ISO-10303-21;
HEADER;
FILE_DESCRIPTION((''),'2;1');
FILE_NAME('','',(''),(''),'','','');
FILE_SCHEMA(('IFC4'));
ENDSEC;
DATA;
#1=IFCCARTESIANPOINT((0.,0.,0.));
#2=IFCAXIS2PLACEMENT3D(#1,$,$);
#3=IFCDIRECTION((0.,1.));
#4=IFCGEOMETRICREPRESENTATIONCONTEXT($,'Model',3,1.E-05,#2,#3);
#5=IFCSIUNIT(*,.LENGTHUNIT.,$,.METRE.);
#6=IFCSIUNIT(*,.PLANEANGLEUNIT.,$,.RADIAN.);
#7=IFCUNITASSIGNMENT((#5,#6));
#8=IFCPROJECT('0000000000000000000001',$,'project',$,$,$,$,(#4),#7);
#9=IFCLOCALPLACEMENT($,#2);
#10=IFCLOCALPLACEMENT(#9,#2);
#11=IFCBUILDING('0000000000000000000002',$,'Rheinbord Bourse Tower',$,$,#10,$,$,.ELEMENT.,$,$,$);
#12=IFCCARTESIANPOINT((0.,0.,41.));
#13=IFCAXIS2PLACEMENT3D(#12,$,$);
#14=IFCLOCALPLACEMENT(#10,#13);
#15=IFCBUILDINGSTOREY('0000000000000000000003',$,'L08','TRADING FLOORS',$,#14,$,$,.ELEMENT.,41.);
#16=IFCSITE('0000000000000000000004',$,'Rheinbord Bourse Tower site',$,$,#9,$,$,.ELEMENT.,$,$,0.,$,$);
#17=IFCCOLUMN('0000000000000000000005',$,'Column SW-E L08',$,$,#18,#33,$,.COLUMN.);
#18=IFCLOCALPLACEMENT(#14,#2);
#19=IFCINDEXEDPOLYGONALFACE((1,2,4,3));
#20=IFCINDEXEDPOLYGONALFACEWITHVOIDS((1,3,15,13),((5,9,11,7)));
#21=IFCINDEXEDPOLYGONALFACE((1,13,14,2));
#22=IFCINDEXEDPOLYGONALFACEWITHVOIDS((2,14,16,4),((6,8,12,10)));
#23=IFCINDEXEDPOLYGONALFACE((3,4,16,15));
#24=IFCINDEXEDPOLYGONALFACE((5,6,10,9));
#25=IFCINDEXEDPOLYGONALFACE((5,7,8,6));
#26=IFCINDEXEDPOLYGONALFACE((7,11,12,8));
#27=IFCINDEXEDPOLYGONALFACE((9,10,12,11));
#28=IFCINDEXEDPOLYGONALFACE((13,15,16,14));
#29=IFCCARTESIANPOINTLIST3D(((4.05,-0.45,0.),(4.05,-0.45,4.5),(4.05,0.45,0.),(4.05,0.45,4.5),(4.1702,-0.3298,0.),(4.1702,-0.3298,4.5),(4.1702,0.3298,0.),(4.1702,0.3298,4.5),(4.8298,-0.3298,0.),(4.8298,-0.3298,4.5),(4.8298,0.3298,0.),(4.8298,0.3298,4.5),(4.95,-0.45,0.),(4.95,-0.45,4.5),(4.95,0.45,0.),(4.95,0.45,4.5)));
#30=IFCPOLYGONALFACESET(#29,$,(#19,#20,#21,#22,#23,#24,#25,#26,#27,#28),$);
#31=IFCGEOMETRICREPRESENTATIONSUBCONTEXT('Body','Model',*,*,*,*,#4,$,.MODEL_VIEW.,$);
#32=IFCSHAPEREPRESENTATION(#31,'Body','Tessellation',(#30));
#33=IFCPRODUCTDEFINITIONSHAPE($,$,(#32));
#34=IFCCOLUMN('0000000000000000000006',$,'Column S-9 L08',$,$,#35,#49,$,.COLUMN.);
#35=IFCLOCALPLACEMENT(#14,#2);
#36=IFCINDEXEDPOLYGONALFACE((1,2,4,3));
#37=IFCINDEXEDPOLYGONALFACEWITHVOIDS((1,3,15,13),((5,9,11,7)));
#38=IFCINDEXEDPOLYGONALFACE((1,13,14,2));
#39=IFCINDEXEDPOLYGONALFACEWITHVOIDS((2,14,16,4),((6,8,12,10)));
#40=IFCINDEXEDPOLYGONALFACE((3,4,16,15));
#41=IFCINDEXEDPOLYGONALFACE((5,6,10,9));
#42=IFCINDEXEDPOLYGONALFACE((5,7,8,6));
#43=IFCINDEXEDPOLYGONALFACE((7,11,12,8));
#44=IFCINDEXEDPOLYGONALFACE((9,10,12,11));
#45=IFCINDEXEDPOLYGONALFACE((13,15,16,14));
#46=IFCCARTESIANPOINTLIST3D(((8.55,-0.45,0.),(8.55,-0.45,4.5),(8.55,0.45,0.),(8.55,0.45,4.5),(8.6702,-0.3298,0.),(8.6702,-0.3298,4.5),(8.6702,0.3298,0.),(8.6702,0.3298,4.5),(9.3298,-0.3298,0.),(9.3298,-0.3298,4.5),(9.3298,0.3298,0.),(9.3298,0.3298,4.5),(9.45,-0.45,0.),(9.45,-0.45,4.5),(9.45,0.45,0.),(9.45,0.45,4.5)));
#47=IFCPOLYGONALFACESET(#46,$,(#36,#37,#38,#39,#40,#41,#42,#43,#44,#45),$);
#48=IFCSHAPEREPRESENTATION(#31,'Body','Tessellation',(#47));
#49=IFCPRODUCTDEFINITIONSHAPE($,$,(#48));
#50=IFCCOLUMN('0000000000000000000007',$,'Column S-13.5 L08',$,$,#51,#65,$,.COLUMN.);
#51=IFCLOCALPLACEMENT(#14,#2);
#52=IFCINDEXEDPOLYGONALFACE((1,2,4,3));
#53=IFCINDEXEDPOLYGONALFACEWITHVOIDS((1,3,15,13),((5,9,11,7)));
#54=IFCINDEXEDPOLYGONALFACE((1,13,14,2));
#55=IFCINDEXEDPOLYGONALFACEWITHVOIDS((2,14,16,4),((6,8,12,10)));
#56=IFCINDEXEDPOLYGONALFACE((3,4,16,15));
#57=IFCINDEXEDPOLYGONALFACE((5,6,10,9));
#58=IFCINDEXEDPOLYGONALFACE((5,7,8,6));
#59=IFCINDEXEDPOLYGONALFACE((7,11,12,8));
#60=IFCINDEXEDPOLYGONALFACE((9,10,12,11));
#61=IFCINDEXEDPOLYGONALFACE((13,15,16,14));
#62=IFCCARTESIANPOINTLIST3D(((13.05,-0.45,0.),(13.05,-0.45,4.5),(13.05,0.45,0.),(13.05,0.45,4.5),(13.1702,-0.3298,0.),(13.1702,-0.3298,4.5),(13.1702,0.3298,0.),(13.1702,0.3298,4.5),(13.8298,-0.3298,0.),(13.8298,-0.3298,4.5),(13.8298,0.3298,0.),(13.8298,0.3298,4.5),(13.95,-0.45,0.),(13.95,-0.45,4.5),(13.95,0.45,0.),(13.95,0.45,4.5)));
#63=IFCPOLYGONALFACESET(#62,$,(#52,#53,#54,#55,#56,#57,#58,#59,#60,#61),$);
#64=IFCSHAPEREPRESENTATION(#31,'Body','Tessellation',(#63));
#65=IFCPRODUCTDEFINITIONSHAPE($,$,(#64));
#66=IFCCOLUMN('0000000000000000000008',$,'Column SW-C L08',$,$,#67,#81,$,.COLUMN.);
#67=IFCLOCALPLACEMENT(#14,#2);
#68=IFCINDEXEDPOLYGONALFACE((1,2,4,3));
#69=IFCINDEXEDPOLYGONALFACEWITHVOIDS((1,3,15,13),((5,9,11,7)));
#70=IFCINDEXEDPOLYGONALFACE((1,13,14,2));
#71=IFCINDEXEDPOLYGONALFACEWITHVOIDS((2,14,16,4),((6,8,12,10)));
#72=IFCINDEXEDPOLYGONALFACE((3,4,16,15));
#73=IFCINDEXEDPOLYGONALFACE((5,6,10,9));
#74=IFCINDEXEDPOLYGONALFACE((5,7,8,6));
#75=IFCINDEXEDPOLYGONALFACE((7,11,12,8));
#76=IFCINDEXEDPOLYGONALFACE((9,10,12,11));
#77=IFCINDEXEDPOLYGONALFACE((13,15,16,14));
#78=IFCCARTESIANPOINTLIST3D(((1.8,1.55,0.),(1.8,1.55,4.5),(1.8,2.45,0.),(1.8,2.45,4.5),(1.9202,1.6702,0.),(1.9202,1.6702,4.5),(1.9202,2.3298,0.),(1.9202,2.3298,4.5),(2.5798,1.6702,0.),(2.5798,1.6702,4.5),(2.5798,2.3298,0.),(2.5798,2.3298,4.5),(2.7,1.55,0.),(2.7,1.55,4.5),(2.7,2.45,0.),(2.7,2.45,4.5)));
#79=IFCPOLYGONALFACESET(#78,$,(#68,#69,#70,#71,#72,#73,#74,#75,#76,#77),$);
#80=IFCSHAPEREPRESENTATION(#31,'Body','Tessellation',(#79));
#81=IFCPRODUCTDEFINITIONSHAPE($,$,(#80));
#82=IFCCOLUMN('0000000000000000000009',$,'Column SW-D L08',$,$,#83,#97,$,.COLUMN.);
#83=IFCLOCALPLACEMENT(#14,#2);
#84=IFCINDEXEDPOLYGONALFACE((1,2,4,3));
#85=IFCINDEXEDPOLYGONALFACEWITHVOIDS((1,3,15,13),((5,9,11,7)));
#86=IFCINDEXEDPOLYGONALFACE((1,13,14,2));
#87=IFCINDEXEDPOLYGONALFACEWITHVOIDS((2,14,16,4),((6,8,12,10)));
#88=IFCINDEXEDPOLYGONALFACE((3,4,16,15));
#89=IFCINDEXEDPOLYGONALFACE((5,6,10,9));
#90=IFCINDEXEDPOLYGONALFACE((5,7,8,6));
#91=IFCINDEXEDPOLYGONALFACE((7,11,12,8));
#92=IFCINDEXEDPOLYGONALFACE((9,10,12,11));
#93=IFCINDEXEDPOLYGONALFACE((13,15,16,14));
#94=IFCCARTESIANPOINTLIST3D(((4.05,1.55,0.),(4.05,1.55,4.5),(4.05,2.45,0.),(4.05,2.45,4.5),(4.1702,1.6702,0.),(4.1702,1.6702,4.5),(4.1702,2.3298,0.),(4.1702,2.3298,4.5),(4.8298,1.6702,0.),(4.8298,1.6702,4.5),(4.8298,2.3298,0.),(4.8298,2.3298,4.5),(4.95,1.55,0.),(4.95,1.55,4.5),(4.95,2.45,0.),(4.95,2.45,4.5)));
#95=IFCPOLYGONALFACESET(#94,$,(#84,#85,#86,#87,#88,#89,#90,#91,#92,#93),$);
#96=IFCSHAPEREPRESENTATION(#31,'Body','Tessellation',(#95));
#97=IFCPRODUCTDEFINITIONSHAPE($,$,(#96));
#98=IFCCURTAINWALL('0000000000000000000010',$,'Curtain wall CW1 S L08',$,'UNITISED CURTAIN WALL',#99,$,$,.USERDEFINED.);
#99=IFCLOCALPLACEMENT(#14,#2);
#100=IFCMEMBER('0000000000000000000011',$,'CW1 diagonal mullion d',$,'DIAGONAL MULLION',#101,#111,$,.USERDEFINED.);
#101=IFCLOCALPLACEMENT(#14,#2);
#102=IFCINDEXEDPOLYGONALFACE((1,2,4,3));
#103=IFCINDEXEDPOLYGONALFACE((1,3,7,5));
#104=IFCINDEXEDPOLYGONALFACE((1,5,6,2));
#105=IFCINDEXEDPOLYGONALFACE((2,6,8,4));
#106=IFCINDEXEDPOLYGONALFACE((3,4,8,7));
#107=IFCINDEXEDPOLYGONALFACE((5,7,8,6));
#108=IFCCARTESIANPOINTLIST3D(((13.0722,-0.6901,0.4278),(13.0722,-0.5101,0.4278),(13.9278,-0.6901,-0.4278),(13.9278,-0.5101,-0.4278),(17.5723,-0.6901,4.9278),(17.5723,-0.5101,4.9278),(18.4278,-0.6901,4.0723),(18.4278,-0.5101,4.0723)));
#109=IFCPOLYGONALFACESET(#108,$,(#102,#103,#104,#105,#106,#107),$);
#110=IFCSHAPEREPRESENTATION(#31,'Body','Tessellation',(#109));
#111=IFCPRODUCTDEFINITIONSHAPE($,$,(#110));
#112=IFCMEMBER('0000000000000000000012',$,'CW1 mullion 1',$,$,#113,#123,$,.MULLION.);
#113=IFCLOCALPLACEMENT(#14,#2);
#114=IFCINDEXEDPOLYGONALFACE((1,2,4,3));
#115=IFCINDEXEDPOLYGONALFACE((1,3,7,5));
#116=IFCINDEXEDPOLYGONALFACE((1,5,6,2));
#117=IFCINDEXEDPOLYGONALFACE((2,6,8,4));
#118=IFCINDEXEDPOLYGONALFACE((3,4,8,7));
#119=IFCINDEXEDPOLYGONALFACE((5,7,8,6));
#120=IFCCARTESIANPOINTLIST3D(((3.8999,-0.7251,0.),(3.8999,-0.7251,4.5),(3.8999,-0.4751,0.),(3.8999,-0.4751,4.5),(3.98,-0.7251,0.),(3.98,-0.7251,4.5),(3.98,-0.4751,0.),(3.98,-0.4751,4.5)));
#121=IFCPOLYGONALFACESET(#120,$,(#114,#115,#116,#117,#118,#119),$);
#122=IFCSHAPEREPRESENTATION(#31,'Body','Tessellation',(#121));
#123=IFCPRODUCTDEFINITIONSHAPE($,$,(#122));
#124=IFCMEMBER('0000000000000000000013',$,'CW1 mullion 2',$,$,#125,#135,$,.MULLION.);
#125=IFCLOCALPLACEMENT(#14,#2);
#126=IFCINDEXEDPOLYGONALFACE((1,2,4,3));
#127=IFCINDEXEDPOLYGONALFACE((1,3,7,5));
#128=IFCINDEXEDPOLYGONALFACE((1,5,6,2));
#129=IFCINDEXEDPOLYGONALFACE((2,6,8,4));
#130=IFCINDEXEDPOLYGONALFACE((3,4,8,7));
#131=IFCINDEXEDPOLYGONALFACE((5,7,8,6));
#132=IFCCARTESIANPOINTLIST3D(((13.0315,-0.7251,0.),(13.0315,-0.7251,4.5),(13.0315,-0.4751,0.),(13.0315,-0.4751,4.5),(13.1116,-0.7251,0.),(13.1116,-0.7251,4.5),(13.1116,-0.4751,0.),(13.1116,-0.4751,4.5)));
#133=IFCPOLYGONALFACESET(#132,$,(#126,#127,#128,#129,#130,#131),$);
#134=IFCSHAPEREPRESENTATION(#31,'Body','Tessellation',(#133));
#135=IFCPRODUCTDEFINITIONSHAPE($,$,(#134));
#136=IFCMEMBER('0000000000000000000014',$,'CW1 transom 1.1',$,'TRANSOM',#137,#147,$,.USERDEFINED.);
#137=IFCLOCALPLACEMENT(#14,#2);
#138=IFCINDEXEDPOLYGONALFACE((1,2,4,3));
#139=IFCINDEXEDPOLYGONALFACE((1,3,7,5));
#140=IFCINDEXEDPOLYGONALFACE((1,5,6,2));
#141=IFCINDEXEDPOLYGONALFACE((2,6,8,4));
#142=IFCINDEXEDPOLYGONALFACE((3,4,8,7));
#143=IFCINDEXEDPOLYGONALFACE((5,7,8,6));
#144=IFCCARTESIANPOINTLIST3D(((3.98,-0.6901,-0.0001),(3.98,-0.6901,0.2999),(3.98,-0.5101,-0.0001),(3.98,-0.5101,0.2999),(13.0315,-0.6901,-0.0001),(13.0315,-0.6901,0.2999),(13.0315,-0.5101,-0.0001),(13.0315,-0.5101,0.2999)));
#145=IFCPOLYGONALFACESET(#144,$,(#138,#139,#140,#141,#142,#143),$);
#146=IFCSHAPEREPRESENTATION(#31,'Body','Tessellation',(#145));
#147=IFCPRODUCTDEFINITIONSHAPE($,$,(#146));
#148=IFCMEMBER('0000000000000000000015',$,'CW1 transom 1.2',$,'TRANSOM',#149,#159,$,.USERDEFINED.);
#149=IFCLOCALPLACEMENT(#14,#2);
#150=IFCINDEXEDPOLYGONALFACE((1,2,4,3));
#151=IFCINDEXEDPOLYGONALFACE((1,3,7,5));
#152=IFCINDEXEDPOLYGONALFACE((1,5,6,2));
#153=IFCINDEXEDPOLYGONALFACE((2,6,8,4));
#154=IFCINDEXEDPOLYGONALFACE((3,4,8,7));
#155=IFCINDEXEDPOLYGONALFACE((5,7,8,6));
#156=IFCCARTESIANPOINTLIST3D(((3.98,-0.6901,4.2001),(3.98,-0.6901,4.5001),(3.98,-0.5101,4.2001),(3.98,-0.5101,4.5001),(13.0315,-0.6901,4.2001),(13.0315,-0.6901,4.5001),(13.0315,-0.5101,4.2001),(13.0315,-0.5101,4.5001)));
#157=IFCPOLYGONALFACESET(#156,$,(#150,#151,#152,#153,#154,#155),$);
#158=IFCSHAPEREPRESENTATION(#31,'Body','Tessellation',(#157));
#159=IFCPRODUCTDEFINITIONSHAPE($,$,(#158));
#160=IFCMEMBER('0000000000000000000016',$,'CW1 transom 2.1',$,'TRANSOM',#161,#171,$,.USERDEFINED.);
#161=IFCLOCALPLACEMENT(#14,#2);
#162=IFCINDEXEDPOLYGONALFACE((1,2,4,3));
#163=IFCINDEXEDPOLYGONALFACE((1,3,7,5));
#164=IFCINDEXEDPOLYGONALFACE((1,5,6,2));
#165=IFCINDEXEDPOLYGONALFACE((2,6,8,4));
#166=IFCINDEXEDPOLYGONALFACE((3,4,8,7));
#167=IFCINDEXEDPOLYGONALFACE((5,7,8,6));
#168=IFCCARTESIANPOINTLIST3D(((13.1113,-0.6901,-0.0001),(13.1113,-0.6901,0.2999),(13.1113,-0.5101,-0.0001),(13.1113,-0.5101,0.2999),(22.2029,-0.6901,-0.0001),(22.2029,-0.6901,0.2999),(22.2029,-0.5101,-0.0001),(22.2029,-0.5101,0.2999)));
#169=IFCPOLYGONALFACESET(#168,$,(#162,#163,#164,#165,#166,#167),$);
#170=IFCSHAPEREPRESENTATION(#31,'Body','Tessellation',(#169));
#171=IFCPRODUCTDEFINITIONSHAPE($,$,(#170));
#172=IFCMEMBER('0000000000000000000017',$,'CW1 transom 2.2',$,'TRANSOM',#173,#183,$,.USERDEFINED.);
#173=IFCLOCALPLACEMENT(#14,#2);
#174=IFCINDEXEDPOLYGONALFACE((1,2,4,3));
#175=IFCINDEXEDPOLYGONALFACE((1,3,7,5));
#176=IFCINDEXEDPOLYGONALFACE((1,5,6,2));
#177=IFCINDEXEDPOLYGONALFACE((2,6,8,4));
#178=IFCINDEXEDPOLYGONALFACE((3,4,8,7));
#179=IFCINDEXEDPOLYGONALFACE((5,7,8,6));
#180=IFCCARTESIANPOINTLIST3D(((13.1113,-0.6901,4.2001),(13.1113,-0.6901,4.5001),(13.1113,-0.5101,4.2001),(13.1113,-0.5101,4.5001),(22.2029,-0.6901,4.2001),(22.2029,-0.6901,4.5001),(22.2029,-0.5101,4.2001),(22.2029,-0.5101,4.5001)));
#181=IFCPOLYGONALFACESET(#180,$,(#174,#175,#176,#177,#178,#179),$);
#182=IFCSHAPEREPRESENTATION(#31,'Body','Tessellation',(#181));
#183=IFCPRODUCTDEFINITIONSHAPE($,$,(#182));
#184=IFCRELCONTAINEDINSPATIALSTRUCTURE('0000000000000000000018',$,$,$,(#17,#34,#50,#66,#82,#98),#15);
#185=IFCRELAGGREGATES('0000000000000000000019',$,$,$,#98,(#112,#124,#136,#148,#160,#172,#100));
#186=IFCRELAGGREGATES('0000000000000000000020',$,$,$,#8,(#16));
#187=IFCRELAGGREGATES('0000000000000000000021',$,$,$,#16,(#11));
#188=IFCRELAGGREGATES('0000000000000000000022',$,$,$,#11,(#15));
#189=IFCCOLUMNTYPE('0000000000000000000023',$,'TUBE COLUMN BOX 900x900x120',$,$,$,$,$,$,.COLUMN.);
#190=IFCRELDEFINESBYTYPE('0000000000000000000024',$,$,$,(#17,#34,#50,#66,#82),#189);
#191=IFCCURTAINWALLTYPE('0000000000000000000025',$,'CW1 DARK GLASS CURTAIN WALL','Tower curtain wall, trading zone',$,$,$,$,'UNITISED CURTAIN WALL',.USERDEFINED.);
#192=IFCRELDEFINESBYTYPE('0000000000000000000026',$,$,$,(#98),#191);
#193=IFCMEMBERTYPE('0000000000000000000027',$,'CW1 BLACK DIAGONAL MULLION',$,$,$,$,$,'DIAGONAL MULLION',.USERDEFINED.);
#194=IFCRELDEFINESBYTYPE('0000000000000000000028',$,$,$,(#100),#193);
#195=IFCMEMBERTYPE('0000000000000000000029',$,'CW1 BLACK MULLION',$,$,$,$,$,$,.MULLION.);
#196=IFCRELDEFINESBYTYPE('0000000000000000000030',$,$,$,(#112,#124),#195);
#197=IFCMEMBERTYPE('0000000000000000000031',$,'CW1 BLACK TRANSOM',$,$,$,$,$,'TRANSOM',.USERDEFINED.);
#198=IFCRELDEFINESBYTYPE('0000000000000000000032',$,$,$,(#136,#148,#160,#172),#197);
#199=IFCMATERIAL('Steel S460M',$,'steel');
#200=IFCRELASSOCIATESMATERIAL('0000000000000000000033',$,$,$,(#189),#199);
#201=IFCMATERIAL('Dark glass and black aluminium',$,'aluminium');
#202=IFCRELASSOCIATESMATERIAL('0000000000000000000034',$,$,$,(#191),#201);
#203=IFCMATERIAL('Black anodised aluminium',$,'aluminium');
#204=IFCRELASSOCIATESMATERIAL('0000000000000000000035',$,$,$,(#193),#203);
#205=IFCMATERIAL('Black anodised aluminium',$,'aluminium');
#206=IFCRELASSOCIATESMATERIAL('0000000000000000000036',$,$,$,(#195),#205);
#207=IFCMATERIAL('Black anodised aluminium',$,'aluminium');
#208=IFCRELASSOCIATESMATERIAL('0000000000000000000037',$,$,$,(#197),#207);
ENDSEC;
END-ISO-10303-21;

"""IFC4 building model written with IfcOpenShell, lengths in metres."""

from ifc_helpers import new_model, si_unit, direction, frame, origin, origin_2d, place, context, subcontext, project, spatial, rectangle, hollow_rectangle, extrude, material, material_profile, profile_set, type_object, element, aggregate, save


model = new_model("IFC4")

# Units and contexts
model_context = context("Model", 3, precision=1e-05, world=origin(), true_north=direction((0.0, 1.0)))
body_context = subcontext(model_context, "Body", "Model", "MODEL_VIEW")
ifc_project = project(units=[si_unit("LENGTHUNIT", "METRE"), si_unit("PLANEANGLEUNIT", "RADIAN")], contexts=[model_context])

# Site, building, storey
site_placement = place(None, origin())
site = spatial("IfcSite", under=ifc_project, at=site_placement, Name="Rheinbord Bourse Tower site", CompositionType="ELEMENT", RefElevation=0.0)
building_placement = place(site_placement, origin())
building = spatial("IfcBuilding", under=site, at=building_placement, Name="Rheinbord Bourse Tower", CompositionType="ELEMENT")
storey_placement = place(building_placement, frame((0.0, 0.0, 41.0)))
storey = spatial("IfcBuildingStorey", under=building, at=storey_placement, Name="L08", Description="TRADING FLOORS", CompositionType="ELEMENT", Elevation=41.0)

# Columns
ifc_material_1 = material(Name="Steel S460M", Category="steel")
ifc_material_profile_1 = material_profile(ifc_material_1, hollow_rectangle(XDim=0.8999, YDim=0.8999, WallThickness=0.1201, at=origin_2d()), Name="BOX 900x900x120")
ifc_profile_set_1 = profile_set([ifc_material_profile_1], Name="Steel S460M")
column_type = type_object("IfcColumnType", Name="TUBE COLUMN BOX 900x900x120", PredefinedType="COLUMN", material=ifc_profile_set_1)
for number, where, z_axis, x_axis, name in (
    (1, (4.5, 0.0, 0.0), (0.0, 0.0, 1.0), (0.0, 1.0, 0.0), "Column SW-E L08"),
    (2, (9.0, 0.0, 0.0), (0.0, 0.0, 1.0), (0.0, 1.0, 0.0), "Column S-9 L08"),
    (3, (13.5, 0.0, 0.0), (0.0, 0.0, 1.0), (0.0, 1.0, 0.0), "Column S-13.5 L08"),
    (4, (2.25, 2.0, 0.0), (0.0, 0.0, 1.0), (1.0, 0.0, 0.0), "Column SW-C L08"),
    (5, (4.5, 2.0, 0.0), (0.0, 0.0, 1.0), (0.0, 1.0, 0.0), "Column SW-D L08"),
):
    element("IfcColumn", number, at=place(storey_placement, frame(where, z_axis=z_axis, x_axis=x_axis)), inside=storey, type_object=column_type, Name=name, PredefinedType="COLUMN", context=body_context, shape_type="SweptSolid", body=[
        extrude(hollow_rectangle(XDim=0.8999, YDim=0.8999, WallThickness=0.1201, at=origin_2d()), origin(), (0.0, 0.0, 1.0), 4.5),
    ])

# Curtain wall, members
ifc_material_2 = material(Name="Dark glass and black aluminium", Category="aluminium")
curtain_wall_type = type_object("IfcCurtainWallType", Name="CW1 DARK GLASS CURTAIN WALL", Description="Tower curtain wall, trading zone", ElementType="UNITISED CURTAIN WALL", PredefinedType="USERDEFINED", material=ifc_material_2)
curtain_wall_placement = place(storey_placement, origin())
curtain_wall = element("IfcCurtainWall", 6, at=curtain_wall_placement, inside=storey, type_object=curtain_wall_type, Name="Curtain wall CW1 S L08", ObjectType="UNITISED CURTAIN WALL", PredefinedType="USERDEFINED")
ifc_material_3 = material(Name="Black anodised aluminium", Category="aluminium")
ifc_material_profile_2 = material_profile(ifc_material_3, rectangle(XDim=0.1799, YDim=1.21, at=origin_2d()), Name="CW1 DIAGONAL MULLION 1210x180")
ifc_profile_set_2 = profile_set([ifc_material_profile_2], Name="Black anodised aluminium")
member_type_1 = type_object("IfcMemberType", Name="CW1 BLACK DIAGONAL MULLION", ElementType="DIAGONAL MULLION", PredefinedType="USERDEFINED", material=ifc_profile_set_2)
member_1_placement = place(storey_placement, frame((13.5, -0.6001, 0.0), z_axis=(0.707107, 0.0, 0.707107), x_axis=(0.0, 1.0, 0.0)))
member_1 = element("IfcMember", 7, at=member_1_placement, type_object=member_type_1, Name="CW1 diagonal mullion d", ObjectType="DIAGONAL MULLION", PredefinedType="USERDEFINED", context=body_context, shape_type="SweptSolid", body=[
    extrude(rectangle(XDim=0.1799, YDim=1.21, at=origin_2d()), origin(), (0.0, 0.0, 1.0), 6.364),
])
ifc_material_4 = material(Name="Black anodised aluminium", Category="aluminium")
ifc_material_profile_3 = material_profile(ifc_material_4, rectangle(XDim=0.25, YDim=0.0801, at=origin_2d()), Name="CW1 MULLION 80x250")
ifc_profile_set_3 = profile_set([ifc_material_profile_3], Name="Black anodised aluminium")
member_type_2 = type_object("IfcMemberType", Name="CW1 BLACK MULLION", PredefinedType="MULLION", material=ifc_profile_set_3)
member_2_placement = place(storey_placement, frame((3.9399, -0.6001, 0.0), z_axis=(0.0, 0.0, 1.0), x_axis=(0.0, 1.0, 0.0)))
member_2 = element("IfcMember", 8, at=member_2_placement, type_object=member_type_2, Name="CW1 mullion 1", PredefinedType="MULLION", context=body_context, shape_type="SweptSolid", body=[
    extrude(rectangle(XDim=0.25, YDim=0.0801, at=origin_2d()), origin(), (0.0, 0.0, 1.0), 4.5),
])
member_3_placement = place(storey_placement, frame((13.0715, -0.6001, 0.0), z_axis=(0.0, 0.0, 1.0), x_axis=(0.0, 1.0, 0.0)))
member_3 = element("IfcMember", 9, at=member_3_placement, type_object=member_type_2, Name="CW1 mullion 2", PredefinedType="MULLION", context=body_context, shape_type="SweptSolid", body=[
    extrude(rectangle(XDim=0.25, YDim=0.0801, at=origin_2d()), origin(), (0.0, 0.0, 1.0), 4.5),
])
ifc_material_5 = material(Name="Black anodised aluminium", Category="aluminium")
ifc_material_profile_4 = material_profile(ifc_material_5, rectangle(XDim=0.1799, YDim=0.3, at=origin_2d()), Name="CW1 TRANSOM 300x180")
ifc_profile_set_4 = profile_set([ifc_material_profile_4], Name="Black anodised aluminium")
member_type_3 = type_object("IfcMemberType", Name="CW1 BLACK TRANSOM", ElementType="TRANSOM", PredefinedType="USERDEFINED", material=ifc_profile_set_4)
member_4_placement = place(storey_placement, frame((3.98, -0.6001, 0.1499), z_axis=(1.0, 0.0, 0.0), x_axis=(0.0, 1.0, 0.0)))
member_4 = element("IfcMember", 10, at=member_4_placement, type_object=member_type_3, Name="CW1 transom 1.1", ObjectType="TRANSOM", PredefinedType="USERDEFINED", context=body_context, shape_type="SweptSolid", body=[
    extrude(rectangle(XDim=0.1799, YDim=0.3, at=origin_2d()), origin(), (0.0, 0.0, 1.0), 9.0515),
])
member_5_placement = place(storey_placement, frame((3.98, -0.6001, 4.3501), z_axis=(1.0, 0.0, 0.0), x_axis=(0.0, 1.0, 0.0)))
member_5 = element("IfcMember", 11, at=member_5_placement, type_object=member_type_3, Name="CW1 transom 1.2", ObjectType="TRANSOM", PredefinedType="USERDEFINED", context=body_context, shape_type="SweptSolid", body=[
    extrude(rectangle(XDim=0.1799, YDim=0.3, at=origin_2d()), origin(), (0.0, 0.0, 1.0), 9.0515),
])
member_6_placement = place(storey_placement, frame((13.1113, -0.6001, 0.1499), z_axis=(1.0, 0.0, 0.0), x_axis=(0.0, 1.0, 0.0)))
member_6 = element("IfcMember", 12, at=member_6_placement, type_object=member_type_3, Name="CW1 transom 2.1", ObjectType="TRANSOM", PredefinedType="USERDEFINED", context=body_context, shape_type="SweptSolid", body=[
    extrude(rectangle(XDim=0.1799, YDim=0.3, at=origin_2d()), origin(), (0.0, 0.0, 1.0), 9.0916),
])
member_7_placement = place(storey_placement, frame((13.1113, -0.6001, 4.3501), z_axis=(1.0, 0.0, 0.0), x_axis=(0.0, 1.0, 0.0)))
member_7 = element("IfcMember", 13, at=member_7_placement, type_object=member_type_3, Name="CW1 transom 2.2", ObjectType="TRANSOM", PredefinedType="USERDEFINED", context=body_context, shape_type="SweptSolid", body=[
    extrude(rectangle(XDim=0.1799, YDim=0.3, at=origin_2d()), origin(), (0.0, 0.0, 1.0), 9.0916),
])

aggregate(curtain_wall, [member_2, member_3, member_4, member_5, member_6, member_7, member_1])

save(model, "model.ifc")
